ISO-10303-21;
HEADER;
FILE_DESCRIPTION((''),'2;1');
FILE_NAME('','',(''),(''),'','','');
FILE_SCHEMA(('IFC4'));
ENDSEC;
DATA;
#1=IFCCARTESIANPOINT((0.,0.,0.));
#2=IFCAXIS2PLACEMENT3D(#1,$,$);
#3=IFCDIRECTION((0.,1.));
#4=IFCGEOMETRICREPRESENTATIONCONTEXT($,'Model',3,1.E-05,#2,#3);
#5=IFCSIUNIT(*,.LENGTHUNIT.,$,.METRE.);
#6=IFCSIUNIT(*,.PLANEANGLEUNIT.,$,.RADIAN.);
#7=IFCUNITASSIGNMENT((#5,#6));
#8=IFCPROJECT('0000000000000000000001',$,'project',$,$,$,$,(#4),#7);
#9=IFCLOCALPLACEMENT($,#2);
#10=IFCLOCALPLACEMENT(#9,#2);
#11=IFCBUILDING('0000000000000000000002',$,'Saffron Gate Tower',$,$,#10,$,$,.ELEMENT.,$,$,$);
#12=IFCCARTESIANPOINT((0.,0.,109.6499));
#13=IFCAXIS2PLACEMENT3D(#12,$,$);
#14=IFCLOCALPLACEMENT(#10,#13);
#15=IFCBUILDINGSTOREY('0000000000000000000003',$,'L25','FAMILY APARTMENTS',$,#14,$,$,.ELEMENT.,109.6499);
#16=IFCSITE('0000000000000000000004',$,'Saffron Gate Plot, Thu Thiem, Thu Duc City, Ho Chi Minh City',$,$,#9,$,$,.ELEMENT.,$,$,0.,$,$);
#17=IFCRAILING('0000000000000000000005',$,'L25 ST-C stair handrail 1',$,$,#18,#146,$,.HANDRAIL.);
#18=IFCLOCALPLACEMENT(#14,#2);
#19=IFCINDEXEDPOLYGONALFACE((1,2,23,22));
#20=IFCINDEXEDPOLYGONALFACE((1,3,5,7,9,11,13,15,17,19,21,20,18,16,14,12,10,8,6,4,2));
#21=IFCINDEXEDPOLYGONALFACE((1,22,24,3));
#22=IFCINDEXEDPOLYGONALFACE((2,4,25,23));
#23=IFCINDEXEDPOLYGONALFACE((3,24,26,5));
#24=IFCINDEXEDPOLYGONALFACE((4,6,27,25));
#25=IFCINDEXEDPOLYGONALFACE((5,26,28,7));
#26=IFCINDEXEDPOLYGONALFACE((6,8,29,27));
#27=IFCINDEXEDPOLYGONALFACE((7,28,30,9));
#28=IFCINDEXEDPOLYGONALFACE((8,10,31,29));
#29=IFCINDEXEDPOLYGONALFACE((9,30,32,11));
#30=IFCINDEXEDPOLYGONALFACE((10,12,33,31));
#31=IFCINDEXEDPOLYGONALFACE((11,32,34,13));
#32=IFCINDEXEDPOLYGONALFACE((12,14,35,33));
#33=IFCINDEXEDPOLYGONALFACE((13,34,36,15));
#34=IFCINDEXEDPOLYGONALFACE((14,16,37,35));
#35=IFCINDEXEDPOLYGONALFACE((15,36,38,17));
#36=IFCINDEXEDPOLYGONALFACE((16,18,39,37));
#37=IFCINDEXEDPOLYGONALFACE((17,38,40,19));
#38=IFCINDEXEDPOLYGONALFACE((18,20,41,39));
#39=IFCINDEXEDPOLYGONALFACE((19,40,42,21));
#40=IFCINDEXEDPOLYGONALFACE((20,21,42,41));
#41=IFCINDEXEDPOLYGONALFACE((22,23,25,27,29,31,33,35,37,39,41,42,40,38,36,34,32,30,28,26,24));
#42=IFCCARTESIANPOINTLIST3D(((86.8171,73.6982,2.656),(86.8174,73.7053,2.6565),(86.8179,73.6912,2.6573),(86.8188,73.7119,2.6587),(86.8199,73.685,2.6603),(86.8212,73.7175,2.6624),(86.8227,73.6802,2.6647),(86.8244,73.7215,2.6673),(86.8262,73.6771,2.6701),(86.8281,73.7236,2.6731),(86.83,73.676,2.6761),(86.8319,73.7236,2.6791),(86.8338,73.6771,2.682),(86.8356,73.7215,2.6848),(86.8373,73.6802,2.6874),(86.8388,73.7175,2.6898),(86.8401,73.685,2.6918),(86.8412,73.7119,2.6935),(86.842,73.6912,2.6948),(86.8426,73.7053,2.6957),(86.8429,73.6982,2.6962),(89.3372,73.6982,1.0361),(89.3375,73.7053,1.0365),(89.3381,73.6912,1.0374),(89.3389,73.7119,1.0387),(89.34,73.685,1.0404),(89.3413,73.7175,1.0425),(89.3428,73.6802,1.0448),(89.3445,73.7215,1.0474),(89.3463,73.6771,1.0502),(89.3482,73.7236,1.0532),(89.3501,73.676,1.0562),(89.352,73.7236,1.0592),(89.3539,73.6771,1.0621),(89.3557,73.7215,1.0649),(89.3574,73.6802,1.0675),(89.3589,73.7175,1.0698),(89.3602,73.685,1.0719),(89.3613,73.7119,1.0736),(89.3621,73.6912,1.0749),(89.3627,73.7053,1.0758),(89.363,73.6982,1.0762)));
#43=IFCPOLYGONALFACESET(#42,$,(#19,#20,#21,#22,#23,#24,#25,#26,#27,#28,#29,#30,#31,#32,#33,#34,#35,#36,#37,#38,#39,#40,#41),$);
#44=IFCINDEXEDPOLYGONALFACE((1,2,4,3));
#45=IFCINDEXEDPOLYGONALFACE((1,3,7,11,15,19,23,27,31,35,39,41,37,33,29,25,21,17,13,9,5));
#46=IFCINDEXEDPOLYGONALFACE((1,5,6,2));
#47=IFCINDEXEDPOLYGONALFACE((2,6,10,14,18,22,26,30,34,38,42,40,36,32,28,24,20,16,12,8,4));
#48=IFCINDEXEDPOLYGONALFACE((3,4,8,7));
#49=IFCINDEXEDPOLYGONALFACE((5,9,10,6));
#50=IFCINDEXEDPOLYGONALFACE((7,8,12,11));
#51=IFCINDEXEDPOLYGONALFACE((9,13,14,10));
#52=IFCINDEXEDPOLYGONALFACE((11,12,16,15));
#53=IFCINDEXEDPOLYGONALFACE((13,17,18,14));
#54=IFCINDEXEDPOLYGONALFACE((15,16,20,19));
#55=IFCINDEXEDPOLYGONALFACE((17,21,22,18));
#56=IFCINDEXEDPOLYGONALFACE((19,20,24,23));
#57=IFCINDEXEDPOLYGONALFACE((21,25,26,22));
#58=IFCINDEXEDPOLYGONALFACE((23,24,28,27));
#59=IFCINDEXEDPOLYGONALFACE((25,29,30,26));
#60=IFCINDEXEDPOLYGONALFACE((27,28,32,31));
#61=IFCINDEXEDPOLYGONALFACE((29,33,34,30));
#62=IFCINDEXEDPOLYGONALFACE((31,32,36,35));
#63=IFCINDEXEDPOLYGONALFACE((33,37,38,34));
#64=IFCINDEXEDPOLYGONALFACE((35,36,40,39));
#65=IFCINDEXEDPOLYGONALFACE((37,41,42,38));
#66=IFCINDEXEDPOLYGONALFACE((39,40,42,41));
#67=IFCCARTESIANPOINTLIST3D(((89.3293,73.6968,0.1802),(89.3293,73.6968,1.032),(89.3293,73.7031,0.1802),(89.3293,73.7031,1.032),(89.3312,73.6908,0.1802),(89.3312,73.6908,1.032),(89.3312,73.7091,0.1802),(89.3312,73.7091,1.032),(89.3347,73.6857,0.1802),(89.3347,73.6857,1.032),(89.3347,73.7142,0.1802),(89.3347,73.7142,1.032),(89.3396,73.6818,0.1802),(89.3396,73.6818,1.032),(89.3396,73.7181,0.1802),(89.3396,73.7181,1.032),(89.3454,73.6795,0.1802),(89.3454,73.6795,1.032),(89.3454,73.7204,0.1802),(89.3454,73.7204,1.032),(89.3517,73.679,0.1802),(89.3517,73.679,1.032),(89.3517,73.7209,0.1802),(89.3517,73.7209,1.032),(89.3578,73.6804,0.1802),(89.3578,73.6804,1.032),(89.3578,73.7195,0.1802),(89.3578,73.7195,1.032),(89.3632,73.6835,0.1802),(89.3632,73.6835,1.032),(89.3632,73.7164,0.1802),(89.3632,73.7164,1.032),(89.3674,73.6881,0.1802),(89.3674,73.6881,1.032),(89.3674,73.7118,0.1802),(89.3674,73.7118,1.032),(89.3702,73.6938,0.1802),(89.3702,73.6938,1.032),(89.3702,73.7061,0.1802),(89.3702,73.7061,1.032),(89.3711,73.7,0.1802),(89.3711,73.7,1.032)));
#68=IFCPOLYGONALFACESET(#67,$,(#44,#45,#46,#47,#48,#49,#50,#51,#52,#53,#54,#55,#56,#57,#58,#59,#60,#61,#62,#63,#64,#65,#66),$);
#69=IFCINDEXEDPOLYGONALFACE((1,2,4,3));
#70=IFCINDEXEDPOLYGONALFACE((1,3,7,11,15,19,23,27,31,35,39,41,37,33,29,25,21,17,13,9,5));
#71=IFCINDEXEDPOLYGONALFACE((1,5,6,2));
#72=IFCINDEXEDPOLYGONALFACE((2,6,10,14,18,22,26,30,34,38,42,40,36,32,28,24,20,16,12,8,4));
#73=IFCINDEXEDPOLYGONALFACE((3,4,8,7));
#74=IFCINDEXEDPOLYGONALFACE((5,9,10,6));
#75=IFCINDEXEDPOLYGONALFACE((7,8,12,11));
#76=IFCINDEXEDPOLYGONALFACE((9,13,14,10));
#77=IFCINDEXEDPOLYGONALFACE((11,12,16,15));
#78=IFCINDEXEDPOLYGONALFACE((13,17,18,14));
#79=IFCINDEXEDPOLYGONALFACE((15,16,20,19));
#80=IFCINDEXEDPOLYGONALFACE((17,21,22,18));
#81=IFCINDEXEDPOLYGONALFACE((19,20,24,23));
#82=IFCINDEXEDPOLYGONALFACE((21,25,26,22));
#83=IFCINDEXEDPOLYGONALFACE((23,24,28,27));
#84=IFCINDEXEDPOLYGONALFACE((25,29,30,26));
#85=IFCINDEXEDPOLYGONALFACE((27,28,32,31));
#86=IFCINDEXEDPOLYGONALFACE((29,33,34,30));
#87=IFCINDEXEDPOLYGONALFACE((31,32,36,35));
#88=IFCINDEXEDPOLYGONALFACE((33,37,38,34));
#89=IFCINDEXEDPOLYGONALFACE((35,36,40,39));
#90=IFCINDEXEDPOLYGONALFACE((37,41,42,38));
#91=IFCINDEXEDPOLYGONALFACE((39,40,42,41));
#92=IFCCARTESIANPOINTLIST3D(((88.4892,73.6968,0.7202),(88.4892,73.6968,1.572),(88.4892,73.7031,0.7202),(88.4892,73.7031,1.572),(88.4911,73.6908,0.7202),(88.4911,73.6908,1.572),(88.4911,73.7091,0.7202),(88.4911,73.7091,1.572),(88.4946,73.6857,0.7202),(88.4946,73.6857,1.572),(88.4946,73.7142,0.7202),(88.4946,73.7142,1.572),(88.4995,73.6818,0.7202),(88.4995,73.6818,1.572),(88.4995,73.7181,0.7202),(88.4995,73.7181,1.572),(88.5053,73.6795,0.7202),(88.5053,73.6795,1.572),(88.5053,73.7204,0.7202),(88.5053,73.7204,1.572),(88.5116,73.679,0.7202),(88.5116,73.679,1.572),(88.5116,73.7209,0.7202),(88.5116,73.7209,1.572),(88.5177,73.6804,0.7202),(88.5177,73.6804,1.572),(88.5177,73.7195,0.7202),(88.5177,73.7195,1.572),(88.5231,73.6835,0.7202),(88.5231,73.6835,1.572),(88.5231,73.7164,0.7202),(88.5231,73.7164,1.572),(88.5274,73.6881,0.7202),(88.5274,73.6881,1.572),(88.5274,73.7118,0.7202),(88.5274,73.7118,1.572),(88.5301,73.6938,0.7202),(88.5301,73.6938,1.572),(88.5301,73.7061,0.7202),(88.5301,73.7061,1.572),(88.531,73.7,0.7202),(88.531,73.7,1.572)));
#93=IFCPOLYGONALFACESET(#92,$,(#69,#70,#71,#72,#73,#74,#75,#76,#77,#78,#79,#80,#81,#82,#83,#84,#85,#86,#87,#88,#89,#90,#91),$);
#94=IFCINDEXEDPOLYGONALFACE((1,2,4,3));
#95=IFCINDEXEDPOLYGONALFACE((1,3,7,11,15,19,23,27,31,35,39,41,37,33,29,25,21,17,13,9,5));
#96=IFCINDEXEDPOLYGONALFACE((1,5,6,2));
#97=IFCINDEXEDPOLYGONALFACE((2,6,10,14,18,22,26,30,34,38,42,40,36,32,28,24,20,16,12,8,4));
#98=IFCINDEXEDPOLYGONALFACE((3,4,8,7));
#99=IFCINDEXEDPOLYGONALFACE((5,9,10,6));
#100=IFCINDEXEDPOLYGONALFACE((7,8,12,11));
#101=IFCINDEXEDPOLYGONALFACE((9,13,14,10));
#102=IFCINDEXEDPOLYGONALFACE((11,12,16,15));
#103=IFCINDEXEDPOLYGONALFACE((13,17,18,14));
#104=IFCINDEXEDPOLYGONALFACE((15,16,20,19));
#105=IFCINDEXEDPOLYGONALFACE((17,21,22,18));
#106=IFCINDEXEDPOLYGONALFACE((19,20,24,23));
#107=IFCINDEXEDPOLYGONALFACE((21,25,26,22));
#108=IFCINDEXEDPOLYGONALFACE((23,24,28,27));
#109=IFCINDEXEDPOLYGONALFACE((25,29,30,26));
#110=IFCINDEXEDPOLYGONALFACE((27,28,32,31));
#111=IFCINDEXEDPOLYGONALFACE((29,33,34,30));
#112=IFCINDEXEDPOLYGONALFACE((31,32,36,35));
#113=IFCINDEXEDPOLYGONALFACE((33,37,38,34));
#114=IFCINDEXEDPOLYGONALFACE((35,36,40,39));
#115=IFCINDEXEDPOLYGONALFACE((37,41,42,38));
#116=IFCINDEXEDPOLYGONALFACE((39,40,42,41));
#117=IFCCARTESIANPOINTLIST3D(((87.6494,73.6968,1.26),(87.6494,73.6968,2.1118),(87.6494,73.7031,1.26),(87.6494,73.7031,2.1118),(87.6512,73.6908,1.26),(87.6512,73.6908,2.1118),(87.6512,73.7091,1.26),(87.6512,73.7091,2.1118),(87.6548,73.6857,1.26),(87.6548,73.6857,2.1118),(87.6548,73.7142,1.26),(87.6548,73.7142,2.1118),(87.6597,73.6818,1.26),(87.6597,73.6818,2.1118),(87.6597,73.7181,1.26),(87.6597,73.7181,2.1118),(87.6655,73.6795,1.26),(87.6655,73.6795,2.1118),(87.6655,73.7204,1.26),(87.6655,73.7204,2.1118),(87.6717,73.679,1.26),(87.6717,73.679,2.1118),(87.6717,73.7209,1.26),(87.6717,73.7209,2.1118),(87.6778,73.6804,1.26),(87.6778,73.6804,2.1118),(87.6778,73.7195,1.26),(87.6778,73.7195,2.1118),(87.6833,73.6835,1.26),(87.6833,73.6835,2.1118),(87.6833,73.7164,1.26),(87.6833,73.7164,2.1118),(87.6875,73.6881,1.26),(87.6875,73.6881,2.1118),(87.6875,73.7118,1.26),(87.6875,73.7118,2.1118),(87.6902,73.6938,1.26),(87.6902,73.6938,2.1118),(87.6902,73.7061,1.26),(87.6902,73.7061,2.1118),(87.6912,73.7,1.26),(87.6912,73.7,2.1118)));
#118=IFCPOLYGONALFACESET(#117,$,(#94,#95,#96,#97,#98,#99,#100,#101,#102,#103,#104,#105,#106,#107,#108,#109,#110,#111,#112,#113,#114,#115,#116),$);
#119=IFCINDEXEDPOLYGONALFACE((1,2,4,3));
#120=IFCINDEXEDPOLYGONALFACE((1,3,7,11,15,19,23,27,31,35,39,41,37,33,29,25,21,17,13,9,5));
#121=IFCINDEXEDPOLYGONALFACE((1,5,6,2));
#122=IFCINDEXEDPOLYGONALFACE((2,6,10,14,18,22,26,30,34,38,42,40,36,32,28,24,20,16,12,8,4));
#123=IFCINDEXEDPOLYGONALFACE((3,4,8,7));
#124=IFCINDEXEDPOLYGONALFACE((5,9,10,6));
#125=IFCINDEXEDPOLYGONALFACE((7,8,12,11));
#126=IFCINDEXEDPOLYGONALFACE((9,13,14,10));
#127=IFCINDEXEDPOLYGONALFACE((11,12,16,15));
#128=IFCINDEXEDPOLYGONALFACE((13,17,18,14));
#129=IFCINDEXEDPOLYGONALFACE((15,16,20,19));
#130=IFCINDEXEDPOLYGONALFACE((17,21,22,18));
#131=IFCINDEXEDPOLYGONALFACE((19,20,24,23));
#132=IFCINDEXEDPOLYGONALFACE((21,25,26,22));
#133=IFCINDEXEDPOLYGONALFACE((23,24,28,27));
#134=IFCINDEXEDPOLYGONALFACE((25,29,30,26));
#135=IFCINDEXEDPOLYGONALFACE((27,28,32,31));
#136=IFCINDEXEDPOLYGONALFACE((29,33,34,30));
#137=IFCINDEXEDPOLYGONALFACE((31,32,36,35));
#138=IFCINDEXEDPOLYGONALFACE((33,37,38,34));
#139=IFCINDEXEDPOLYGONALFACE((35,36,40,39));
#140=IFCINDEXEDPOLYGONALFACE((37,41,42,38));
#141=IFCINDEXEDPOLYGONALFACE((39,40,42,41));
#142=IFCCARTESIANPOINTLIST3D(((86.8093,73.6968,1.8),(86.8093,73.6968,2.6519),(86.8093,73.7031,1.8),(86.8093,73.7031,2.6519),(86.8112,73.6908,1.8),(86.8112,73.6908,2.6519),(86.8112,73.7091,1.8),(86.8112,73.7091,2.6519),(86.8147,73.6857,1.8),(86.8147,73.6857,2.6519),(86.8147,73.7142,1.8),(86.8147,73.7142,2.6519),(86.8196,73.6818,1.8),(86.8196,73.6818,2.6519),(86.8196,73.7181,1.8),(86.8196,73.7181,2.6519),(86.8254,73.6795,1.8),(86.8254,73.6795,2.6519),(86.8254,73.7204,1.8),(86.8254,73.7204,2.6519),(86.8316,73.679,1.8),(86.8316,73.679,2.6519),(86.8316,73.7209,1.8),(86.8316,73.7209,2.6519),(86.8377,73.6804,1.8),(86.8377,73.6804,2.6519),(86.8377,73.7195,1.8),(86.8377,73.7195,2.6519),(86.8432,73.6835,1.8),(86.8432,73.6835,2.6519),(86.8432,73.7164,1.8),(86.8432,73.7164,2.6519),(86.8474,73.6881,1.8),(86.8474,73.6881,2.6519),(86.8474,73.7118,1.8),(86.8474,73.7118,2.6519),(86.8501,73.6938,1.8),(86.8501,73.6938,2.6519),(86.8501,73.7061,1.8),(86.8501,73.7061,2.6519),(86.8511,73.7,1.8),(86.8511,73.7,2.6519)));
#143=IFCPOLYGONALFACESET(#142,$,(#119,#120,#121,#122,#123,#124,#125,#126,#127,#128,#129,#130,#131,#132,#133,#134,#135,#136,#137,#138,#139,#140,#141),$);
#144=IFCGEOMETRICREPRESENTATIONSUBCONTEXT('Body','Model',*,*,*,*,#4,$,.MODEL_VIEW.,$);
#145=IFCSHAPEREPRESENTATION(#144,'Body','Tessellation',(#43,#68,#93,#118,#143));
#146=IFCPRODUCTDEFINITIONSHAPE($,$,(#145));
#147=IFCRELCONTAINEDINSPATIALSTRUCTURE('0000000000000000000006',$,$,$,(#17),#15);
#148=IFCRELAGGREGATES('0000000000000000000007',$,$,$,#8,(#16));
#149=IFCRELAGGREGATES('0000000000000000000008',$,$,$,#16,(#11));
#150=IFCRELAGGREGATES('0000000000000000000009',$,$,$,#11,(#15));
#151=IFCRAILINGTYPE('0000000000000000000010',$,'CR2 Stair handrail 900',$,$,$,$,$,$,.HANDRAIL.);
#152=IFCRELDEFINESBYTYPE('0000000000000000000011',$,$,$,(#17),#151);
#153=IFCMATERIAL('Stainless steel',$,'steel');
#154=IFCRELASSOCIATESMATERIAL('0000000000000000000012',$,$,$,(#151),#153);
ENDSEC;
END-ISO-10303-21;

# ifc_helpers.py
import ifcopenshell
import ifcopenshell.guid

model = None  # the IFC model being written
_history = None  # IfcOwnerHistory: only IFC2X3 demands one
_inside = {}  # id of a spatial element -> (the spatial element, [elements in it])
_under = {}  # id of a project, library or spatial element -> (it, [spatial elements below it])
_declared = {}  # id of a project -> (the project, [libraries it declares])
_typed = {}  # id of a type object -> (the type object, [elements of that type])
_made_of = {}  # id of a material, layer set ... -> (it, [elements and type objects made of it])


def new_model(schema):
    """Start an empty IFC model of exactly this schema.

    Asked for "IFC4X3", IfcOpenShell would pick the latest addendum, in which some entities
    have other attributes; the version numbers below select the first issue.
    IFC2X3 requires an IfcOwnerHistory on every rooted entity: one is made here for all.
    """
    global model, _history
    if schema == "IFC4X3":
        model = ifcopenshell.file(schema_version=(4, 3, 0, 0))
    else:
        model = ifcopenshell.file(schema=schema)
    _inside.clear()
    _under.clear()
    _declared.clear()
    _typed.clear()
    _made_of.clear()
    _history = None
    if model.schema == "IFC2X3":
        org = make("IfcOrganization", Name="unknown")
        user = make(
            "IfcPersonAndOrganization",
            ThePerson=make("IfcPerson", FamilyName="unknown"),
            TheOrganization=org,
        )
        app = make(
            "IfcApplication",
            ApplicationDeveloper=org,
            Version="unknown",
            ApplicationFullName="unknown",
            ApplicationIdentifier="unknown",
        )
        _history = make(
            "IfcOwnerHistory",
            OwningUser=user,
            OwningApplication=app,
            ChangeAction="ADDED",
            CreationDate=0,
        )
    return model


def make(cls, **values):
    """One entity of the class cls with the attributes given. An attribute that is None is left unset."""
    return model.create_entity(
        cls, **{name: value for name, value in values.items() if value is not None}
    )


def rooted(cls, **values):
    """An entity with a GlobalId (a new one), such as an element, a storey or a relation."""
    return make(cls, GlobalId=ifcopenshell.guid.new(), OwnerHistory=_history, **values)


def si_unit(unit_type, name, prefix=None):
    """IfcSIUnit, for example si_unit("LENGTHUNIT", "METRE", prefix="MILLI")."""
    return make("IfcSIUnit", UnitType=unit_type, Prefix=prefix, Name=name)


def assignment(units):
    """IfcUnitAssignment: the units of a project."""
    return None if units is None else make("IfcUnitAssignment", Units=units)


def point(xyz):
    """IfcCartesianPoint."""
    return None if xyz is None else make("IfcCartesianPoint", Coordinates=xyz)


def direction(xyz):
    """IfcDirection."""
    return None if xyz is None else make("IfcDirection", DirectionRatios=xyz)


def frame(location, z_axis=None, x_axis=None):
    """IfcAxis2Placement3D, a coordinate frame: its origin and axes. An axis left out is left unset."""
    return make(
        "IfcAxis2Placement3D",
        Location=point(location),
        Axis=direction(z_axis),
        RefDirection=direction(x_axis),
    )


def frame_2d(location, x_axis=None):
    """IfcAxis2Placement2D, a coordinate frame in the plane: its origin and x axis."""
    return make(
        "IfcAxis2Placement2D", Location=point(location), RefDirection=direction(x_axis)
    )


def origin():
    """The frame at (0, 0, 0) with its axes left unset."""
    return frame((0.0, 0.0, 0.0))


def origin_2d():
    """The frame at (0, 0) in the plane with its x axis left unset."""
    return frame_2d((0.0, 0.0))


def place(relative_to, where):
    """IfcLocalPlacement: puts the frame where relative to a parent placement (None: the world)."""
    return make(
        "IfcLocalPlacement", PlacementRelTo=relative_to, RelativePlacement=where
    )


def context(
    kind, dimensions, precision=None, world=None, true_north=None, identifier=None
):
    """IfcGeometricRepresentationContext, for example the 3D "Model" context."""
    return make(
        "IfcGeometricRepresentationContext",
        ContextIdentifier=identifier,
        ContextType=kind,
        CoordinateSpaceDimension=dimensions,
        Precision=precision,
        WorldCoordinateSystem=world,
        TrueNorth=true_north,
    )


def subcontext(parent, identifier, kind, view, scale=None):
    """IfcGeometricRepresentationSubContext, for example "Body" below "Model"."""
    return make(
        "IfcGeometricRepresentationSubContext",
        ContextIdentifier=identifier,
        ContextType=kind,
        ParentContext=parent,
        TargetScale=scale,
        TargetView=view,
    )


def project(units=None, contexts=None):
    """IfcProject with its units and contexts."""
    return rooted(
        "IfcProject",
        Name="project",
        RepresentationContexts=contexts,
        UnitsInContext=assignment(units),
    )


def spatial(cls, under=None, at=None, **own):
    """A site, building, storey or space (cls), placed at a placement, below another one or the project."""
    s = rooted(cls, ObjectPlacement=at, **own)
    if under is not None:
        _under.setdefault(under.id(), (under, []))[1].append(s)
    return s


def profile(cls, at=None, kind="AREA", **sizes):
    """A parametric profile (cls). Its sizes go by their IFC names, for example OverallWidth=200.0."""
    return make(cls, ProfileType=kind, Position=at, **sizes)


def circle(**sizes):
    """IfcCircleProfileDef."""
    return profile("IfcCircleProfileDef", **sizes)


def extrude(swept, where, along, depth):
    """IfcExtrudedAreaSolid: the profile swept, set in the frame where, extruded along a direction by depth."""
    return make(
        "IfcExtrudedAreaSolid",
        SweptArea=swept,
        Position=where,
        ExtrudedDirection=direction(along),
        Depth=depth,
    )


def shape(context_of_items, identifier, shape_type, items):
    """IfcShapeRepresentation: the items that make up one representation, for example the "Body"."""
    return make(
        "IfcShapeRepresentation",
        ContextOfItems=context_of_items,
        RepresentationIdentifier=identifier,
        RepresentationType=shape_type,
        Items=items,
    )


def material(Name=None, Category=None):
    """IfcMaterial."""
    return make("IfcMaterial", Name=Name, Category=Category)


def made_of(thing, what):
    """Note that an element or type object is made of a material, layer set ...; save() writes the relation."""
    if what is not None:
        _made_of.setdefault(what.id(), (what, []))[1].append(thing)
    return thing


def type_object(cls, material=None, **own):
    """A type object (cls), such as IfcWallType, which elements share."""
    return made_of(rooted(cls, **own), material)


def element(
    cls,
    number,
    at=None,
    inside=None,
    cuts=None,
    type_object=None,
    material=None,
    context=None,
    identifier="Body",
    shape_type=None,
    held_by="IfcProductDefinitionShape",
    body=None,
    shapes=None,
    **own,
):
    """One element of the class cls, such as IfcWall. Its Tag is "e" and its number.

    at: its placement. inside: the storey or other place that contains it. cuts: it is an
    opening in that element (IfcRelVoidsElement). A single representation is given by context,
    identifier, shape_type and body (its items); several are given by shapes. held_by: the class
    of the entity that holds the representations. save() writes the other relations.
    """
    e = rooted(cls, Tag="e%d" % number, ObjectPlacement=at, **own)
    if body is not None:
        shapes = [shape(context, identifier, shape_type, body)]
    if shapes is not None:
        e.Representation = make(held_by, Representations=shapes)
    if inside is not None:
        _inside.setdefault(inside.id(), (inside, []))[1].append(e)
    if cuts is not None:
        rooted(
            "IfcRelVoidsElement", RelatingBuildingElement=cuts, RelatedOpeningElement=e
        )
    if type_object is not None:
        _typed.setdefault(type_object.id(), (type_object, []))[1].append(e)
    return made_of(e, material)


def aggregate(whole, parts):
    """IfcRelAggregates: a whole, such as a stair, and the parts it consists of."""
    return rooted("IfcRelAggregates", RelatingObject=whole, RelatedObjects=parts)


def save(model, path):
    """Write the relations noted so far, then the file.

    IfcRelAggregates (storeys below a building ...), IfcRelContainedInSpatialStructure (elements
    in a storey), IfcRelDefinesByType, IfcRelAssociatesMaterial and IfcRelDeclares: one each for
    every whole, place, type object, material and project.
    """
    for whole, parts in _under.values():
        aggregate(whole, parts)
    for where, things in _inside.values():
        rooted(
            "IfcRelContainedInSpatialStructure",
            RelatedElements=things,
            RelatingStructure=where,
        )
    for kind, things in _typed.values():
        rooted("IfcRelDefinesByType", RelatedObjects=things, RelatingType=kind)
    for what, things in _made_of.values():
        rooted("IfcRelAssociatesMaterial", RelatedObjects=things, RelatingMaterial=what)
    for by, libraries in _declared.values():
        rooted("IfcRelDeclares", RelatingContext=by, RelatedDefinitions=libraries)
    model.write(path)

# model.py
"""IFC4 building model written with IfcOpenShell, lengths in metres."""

from ifc_helpers import new_model, si_unit, direction, frame, origin, origin_2d, place, context, subcontext, project, spatial, circle, extrude, material, type_object, element, save


model = new_model("IFC4")

# Units and contexts
model_context = context("Model", 3, precision=1e-05, world=origin(), true_north=direction((0.0, 1.0)))
body_context = subcontext(model_context, "Body", "Model", "MODEL_VIEW")
ifc_project = project(units=[si_unit("LENGTHUNIT", "METRE"), si_unit("PLANEANGLEUNIT", "RADIAN")], contexts=[model_context])

# Site, building, storey
site_placement = place(None, origin())
site = spatial("IfcSite", under=ifc_project, at=site_placement, Name="Saffron Gate Plot, Thu Thiem, Thu Duc City, Ho Chi Minh City", CompositionType="ELEMENT", RefElevation=0.0)
building_placement = place(site_placement, origin())
building = spatial("IfcBuilding", under=site, at=building_placement, Name="Saffron Gate Tower", CompositionType="ELEMENT")
storey_placement = place(building_placement, frame((0.0, 0.0, 109.6499)))
storey = spatial("IfcBuildingStorey", under=building, at=storey_placement, Name="L25", Description="FAMILY APARTMENTS", CompositionType="ELEMENT", Elevation=109.6499)

# Railing
ifc_material_1 = material(Name="Stainless steel", Category="steel")
railing_type_1 = type_object("IfcRailingType", Name="CR2 Stair handrail 900", PredefinedType="HANDRAIL", material=ifc_material_1)
railing_1_placement = place(storey_placement, frame((89.3501, 73.7, 0.1802)))
element("IfcRailing", 1, at=railing_1_placement, inside=storey, type_object=railing_type_1, Name="L25 ST-C stair handrail 1", PredefinedType="HANDRAIL", context=body_context, shape_type="SweptSolid", body=[
    extrude(circle(Radius=0.0239, at=origin_2d()), frame((0.0, 0.0, 0.876), z_axis=(-0.8412, 0.0, 0.540725), x_axis=(0.0, -1.0, 0.0)), (0.0, 0.0, 1.0), 2.9958),
    extrude(circle(Radius=0.021, at=origin_2d()), origin(), (0.0, 0.0, 1.0), 0.8518),
    extrude(circle(Radius=0.021, at=origin_2d()), frame((-0.8401, 0.0, 0.54)), (0.0, 0.0, 1.0), 0.8518),
    extrude(circle(Radius=0.021, at=origin_2d()), frame((-1.6799, 0.0, 1.0798)), (0.0, 0.0, 1.0), 0.8518),
    extrude(circle(Radius=0.021, at=origin_2d()), frame((-2.52, 0.0, 1.6199)), (0.0, 0.0, 1.0), 0.8518),
])

save(model, "model.ifc")
